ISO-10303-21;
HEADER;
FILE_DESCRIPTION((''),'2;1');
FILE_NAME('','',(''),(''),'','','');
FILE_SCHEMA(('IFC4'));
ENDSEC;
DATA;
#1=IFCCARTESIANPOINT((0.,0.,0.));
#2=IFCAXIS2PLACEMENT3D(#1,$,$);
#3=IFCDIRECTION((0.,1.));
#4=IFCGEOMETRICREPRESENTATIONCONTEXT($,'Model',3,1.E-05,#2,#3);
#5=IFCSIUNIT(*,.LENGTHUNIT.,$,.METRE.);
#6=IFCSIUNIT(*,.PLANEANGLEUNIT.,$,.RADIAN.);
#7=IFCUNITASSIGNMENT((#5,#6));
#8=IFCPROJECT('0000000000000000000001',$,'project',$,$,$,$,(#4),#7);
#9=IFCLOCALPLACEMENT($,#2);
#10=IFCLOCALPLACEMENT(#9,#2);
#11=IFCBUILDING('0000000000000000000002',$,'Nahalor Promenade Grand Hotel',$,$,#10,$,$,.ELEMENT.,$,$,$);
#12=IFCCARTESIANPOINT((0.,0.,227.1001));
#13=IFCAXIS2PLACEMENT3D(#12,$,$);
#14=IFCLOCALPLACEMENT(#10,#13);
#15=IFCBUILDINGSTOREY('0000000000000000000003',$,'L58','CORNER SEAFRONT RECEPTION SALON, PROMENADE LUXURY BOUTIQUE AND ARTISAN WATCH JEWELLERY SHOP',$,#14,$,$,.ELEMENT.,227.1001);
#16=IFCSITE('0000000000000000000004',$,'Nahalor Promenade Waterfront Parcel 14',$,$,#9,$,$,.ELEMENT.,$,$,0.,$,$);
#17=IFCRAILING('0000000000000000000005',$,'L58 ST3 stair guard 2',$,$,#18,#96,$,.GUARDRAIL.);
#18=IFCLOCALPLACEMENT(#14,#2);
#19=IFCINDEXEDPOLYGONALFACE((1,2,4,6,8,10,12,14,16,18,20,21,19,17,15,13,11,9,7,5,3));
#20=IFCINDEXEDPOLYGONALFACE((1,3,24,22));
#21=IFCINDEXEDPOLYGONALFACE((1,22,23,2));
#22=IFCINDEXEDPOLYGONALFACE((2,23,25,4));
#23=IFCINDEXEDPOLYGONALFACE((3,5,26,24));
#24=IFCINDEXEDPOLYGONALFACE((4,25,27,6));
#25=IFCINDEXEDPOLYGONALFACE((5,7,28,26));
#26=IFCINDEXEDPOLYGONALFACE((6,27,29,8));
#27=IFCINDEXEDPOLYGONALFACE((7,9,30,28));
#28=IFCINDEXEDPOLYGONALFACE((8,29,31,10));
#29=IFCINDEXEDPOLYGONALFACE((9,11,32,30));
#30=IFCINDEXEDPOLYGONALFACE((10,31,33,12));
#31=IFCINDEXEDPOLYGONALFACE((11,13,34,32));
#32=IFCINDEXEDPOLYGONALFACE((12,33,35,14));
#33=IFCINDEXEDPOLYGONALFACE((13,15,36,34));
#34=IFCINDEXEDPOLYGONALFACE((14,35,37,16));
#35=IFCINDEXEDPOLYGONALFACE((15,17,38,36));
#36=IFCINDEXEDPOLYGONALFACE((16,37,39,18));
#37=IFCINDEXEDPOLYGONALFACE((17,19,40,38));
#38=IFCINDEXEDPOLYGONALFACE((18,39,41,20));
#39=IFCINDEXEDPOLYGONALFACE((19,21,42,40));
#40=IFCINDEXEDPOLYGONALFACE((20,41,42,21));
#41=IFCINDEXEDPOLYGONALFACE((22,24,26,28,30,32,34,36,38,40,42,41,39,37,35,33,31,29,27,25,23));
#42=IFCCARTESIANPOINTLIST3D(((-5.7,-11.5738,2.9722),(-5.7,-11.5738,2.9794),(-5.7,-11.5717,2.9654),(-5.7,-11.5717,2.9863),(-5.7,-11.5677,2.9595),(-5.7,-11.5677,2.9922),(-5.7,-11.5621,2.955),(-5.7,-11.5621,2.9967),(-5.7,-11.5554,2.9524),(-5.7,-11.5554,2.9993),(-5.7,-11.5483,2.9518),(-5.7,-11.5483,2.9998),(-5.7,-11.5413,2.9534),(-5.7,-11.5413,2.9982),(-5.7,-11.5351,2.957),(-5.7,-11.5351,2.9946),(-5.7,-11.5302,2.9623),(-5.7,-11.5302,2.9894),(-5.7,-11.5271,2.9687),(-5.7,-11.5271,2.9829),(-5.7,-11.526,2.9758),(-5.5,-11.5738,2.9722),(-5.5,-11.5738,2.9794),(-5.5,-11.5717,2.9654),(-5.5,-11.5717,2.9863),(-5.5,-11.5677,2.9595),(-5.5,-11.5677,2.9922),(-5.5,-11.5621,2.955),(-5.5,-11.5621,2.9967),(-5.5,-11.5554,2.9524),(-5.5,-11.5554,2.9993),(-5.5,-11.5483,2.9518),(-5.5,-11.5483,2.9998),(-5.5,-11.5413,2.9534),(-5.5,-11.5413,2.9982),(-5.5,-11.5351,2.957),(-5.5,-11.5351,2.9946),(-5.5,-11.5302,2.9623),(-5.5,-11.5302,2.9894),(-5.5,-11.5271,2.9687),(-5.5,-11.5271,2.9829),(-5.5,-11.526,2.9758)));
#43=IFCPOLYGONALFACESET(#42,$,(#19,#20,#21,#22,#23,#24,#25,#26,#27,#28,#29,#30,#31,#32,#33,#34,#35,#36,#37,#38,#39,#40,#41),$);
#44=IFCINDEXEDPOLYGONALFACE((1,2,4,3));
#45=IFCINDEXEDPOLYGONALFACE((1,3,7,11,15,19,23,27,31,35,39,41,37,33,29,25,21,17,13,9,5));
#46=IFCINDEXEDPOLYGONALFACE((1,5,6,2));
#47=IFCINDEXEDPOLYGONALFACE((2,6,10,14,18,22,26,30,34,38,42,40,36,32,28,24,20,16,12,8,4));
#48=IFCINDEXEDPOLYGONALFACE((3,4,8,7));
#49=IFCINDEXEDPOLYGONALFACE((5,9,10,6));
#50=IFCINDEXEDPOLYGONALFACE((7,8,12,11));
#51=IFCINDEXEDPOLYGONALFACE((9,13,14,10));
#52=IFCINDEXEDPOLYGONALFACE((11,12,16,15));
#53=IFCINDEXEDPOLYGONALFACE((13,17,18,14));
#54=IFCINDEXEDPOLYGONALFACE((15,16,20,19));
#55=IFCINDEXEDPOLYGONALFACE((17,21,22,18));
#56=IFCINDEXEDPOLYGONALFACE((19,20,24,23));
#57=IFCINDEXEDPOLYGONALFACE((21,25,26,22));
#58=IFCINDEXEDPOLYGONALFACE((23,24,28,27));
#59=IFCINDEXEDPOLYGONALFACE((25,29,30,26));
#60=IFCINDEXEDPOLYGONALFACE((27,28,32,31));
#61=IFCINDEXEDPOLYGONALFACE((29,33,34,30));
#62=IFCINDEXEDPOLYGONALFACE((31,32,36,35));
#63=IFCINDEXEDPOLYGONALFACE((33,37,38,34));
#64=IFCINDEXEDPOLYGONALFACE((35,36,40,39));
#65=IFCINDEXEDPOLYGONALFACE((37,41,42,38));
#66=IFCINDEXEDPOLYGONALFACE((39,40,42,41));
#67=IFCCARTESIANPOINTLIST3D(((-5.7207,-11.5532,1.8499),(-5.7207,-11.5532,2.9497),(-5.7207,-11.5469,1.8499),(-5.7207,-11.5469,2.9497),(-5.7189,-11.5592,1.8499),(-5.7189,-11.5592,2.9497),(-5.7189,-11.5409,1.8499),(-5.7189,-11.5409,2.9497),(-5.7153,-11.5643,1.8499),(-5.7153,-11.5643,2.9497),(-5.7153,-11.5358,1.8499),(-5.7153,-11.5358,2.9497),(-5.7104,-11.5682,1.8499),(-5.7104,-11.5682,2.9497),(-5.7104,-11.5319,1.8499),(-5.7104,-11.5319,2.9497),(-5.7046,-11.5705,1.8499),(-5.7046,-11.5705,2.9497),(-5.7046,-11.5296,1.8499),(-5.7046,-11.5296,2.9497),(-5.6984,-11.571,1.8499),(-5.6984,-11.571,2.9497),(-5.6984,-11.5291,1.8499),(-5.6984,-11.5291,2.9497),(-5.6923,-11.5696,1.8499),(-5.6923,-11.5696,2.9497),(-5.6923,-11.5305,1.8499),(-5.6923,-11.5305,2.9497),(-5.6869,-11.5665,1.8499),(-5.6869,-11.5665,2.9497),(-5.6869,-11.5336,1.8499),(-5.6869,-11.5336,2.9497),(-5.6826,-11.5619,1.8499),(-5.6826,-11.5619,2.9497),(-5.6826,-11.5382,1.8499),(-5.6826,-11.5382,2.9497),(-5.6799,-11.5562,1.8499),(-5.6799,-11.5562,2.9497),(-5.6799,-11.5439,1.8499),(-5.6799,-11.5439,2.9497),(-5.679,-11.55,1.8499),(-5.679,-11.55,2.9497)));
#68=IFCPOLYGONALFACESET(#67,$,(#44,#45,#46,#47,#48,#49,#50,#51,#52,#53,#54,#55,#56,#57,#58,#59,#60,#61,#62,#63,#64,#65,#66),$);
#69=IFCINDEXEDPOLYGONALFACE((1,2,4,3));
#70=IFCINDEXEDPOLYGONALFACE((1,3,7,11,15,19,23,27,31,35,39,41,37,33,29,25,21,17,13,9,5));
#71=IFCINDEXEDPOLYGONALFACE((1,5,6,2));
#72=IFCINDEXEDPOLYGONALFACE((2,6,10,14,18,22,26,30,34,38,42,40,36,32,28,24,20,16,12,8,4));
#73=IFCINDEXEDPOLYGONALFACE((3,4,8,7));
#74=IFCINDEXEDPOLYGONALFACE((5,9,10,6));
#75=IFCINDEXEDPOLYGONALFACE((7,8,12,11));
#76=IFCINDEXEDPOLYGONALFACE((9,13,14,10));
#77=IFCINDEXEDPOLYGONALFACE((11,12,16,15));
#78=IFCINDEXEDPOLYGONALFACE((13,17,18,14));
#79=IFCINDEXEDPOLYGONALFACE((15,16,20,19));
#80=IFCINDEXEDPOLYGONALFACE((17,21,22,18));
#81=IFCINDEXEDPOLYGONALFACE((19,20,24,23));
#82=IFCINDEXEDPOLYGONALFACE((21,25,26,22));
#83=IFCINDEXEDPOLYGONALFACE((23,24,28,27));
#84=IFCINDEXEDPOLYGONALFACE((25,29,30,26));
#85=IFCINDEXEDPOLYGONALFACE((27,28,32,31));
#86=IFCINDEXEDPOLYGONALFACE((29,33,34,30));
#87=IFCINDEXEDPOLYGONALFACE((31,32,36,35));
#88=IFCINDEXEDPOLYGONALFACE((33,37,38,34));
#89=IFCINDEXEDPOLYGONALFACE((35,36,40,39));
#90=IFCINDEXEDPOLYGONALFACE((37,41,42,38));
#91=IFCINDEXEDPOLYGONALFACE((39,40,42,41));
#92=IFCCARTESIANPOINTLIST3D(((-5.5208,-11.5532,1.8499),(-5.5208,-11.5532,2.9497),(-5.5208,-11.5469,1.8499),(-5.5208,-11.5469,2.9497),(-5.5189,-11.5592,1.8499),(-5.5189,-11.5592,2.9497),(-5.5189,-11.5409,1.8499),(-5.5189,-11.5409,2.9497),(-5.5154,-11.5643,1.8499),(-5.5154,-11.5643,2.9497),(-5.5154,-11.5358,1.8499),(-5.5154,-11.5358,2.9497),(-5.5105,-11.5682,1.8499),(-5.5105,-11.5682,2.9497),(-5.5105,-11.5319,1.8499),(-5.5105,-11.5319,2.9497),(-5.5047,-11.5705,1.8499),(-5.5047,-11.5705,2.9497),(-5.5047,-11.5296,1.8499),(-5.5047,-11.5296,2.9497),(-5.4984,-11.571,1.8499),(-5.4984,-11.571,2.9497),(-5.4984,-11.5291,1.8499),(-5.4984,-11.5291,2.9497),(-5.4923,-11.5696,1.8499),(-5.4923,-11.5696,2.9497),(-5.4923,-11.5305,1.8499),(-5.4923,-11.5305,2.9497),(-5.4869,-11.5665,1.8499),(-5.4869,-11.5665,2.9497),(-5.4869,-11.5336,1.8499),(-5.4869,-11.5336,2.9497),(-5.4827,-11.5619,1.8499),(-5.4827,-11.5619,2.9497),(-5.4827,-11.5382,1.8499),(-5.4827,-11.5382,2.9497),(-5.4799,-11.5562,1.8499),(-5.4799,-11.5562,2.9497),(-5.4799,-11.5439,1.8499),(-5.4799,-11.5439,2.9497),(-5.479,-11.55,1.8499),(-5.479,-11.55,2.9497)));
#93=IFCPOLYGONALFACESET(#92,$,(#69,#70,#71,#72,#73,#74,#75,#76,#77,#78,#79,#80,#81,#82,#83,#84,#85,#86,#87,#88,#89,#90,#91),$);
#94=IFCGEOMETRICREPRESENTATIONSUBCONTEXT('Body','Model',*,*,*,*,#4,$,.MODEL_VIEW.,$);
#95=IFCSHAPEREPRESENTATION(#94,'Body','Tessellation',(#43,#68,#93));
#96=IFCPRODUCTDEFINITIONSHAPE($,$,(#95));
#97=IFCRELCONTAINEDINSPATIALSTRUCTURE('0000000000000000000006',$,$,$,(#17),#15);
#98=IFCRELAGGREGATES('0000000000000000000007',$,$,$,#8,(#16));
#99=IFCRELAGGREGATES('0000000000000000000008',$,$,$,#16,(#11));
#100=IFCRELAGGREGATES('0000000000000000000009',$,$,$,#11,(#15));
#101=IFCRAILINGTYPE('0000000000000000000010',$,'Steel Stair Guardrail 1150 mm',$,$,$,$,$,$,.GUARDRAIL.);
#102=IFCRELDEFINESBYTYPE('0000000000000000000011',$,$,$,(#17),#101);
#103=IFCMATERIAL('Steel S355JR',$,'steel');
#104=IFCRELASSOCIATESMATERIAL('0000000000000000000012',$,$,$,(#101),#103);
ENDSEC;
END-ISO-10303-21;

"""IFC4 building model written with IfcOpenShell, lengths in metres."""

from ifc_helpers import new_model, si_unit, direction, frame, origin, origin_2d, place, context, subcontext, project, spatial, circle, extrude, material, type_object, element, save


model = new_model("IFC4")

# Units and contexts
model_context = context("Model", 3, precision=1e-05, world=origin(), true_north=direction((0.0, 1.0)))
body_context = subcontext(model_context, "Body", "Model", "MODEL_VIEW")
ifc_project = project(units=[si_unit("LENGTHUNIT", "METRE"), si_unit("PLANEANGLEUNIT", "RADIAN")], contexts=[model_context])

# Site, building, storey
site_placement = place(None, origin())
site = spatial("IfcSite", under=ifc_project, at=site_placement, Name="Nahalor Promenade Waterfront Parcel 14", CompositionType="ELEMENT", RefElevation=0.0)
building_placement = place(site_placement, origin())
building = spatial("IfcBuilding", under=site, at=building_placement, Name="Nahalor Promenade Grand Hotel", CompositionType="ELEMENT")
storey_placement = place(building_placement, frame((0.0, 0.0, 227.1001)))
storey = spatial("IfcBuildingStorey", under=building, at=storey_placement, Name="L58", Description="CORNER SEAFRONT RECEPTION SALON, PROMENADE LUXURY BOUTIQUE AND ARTISAN WATCH JEWELLERY SHOP", CompositionType="ELEMENT", Elevation=227.1001)

# Shared definitions
ifc_material_1 = material(Name="Steel S355JR", Category="steel")

# Railing
railing_type_1 = type_object("IfcRailingType", Name="Steel Stair Guardrail 1150 mm", PredefinedType="GUARDRAIL", material=ifc_material_1)
railing_1_placement = place(storey_placement, frame((-5.7, -11.55, 1.8499)))
element("IfcRailing", 1, at=railing_1_placement, inside=storey, type_object=railing_type_1, Name="L58 ST3 stair guard 2", PredefinedType="GUARDRAIL", context=body_context, shape_type="SweptSolid", body=[
    extrude(circle(Radius=0.024, at=origin_2d()), frame((0.0, 0.0, 1.126), z_axis=(1.0, 0.0, 0.0), x_axis=(0.0, 1.0, 0.0)), (0.0, 0.0, 1.0), 0.2),
    extrude(circle(Radius=0.021, at=origin_2d()), origin(), (0.0, 0.0, 1.0), 1.0999),
    extrude(circle(Radius=0.021, at=origin_2d()), frame((0.2, 0.0, 0.0)), (0.0, 0.0, 1.0), 1.0999),
])

save(model, "model.ifc")
